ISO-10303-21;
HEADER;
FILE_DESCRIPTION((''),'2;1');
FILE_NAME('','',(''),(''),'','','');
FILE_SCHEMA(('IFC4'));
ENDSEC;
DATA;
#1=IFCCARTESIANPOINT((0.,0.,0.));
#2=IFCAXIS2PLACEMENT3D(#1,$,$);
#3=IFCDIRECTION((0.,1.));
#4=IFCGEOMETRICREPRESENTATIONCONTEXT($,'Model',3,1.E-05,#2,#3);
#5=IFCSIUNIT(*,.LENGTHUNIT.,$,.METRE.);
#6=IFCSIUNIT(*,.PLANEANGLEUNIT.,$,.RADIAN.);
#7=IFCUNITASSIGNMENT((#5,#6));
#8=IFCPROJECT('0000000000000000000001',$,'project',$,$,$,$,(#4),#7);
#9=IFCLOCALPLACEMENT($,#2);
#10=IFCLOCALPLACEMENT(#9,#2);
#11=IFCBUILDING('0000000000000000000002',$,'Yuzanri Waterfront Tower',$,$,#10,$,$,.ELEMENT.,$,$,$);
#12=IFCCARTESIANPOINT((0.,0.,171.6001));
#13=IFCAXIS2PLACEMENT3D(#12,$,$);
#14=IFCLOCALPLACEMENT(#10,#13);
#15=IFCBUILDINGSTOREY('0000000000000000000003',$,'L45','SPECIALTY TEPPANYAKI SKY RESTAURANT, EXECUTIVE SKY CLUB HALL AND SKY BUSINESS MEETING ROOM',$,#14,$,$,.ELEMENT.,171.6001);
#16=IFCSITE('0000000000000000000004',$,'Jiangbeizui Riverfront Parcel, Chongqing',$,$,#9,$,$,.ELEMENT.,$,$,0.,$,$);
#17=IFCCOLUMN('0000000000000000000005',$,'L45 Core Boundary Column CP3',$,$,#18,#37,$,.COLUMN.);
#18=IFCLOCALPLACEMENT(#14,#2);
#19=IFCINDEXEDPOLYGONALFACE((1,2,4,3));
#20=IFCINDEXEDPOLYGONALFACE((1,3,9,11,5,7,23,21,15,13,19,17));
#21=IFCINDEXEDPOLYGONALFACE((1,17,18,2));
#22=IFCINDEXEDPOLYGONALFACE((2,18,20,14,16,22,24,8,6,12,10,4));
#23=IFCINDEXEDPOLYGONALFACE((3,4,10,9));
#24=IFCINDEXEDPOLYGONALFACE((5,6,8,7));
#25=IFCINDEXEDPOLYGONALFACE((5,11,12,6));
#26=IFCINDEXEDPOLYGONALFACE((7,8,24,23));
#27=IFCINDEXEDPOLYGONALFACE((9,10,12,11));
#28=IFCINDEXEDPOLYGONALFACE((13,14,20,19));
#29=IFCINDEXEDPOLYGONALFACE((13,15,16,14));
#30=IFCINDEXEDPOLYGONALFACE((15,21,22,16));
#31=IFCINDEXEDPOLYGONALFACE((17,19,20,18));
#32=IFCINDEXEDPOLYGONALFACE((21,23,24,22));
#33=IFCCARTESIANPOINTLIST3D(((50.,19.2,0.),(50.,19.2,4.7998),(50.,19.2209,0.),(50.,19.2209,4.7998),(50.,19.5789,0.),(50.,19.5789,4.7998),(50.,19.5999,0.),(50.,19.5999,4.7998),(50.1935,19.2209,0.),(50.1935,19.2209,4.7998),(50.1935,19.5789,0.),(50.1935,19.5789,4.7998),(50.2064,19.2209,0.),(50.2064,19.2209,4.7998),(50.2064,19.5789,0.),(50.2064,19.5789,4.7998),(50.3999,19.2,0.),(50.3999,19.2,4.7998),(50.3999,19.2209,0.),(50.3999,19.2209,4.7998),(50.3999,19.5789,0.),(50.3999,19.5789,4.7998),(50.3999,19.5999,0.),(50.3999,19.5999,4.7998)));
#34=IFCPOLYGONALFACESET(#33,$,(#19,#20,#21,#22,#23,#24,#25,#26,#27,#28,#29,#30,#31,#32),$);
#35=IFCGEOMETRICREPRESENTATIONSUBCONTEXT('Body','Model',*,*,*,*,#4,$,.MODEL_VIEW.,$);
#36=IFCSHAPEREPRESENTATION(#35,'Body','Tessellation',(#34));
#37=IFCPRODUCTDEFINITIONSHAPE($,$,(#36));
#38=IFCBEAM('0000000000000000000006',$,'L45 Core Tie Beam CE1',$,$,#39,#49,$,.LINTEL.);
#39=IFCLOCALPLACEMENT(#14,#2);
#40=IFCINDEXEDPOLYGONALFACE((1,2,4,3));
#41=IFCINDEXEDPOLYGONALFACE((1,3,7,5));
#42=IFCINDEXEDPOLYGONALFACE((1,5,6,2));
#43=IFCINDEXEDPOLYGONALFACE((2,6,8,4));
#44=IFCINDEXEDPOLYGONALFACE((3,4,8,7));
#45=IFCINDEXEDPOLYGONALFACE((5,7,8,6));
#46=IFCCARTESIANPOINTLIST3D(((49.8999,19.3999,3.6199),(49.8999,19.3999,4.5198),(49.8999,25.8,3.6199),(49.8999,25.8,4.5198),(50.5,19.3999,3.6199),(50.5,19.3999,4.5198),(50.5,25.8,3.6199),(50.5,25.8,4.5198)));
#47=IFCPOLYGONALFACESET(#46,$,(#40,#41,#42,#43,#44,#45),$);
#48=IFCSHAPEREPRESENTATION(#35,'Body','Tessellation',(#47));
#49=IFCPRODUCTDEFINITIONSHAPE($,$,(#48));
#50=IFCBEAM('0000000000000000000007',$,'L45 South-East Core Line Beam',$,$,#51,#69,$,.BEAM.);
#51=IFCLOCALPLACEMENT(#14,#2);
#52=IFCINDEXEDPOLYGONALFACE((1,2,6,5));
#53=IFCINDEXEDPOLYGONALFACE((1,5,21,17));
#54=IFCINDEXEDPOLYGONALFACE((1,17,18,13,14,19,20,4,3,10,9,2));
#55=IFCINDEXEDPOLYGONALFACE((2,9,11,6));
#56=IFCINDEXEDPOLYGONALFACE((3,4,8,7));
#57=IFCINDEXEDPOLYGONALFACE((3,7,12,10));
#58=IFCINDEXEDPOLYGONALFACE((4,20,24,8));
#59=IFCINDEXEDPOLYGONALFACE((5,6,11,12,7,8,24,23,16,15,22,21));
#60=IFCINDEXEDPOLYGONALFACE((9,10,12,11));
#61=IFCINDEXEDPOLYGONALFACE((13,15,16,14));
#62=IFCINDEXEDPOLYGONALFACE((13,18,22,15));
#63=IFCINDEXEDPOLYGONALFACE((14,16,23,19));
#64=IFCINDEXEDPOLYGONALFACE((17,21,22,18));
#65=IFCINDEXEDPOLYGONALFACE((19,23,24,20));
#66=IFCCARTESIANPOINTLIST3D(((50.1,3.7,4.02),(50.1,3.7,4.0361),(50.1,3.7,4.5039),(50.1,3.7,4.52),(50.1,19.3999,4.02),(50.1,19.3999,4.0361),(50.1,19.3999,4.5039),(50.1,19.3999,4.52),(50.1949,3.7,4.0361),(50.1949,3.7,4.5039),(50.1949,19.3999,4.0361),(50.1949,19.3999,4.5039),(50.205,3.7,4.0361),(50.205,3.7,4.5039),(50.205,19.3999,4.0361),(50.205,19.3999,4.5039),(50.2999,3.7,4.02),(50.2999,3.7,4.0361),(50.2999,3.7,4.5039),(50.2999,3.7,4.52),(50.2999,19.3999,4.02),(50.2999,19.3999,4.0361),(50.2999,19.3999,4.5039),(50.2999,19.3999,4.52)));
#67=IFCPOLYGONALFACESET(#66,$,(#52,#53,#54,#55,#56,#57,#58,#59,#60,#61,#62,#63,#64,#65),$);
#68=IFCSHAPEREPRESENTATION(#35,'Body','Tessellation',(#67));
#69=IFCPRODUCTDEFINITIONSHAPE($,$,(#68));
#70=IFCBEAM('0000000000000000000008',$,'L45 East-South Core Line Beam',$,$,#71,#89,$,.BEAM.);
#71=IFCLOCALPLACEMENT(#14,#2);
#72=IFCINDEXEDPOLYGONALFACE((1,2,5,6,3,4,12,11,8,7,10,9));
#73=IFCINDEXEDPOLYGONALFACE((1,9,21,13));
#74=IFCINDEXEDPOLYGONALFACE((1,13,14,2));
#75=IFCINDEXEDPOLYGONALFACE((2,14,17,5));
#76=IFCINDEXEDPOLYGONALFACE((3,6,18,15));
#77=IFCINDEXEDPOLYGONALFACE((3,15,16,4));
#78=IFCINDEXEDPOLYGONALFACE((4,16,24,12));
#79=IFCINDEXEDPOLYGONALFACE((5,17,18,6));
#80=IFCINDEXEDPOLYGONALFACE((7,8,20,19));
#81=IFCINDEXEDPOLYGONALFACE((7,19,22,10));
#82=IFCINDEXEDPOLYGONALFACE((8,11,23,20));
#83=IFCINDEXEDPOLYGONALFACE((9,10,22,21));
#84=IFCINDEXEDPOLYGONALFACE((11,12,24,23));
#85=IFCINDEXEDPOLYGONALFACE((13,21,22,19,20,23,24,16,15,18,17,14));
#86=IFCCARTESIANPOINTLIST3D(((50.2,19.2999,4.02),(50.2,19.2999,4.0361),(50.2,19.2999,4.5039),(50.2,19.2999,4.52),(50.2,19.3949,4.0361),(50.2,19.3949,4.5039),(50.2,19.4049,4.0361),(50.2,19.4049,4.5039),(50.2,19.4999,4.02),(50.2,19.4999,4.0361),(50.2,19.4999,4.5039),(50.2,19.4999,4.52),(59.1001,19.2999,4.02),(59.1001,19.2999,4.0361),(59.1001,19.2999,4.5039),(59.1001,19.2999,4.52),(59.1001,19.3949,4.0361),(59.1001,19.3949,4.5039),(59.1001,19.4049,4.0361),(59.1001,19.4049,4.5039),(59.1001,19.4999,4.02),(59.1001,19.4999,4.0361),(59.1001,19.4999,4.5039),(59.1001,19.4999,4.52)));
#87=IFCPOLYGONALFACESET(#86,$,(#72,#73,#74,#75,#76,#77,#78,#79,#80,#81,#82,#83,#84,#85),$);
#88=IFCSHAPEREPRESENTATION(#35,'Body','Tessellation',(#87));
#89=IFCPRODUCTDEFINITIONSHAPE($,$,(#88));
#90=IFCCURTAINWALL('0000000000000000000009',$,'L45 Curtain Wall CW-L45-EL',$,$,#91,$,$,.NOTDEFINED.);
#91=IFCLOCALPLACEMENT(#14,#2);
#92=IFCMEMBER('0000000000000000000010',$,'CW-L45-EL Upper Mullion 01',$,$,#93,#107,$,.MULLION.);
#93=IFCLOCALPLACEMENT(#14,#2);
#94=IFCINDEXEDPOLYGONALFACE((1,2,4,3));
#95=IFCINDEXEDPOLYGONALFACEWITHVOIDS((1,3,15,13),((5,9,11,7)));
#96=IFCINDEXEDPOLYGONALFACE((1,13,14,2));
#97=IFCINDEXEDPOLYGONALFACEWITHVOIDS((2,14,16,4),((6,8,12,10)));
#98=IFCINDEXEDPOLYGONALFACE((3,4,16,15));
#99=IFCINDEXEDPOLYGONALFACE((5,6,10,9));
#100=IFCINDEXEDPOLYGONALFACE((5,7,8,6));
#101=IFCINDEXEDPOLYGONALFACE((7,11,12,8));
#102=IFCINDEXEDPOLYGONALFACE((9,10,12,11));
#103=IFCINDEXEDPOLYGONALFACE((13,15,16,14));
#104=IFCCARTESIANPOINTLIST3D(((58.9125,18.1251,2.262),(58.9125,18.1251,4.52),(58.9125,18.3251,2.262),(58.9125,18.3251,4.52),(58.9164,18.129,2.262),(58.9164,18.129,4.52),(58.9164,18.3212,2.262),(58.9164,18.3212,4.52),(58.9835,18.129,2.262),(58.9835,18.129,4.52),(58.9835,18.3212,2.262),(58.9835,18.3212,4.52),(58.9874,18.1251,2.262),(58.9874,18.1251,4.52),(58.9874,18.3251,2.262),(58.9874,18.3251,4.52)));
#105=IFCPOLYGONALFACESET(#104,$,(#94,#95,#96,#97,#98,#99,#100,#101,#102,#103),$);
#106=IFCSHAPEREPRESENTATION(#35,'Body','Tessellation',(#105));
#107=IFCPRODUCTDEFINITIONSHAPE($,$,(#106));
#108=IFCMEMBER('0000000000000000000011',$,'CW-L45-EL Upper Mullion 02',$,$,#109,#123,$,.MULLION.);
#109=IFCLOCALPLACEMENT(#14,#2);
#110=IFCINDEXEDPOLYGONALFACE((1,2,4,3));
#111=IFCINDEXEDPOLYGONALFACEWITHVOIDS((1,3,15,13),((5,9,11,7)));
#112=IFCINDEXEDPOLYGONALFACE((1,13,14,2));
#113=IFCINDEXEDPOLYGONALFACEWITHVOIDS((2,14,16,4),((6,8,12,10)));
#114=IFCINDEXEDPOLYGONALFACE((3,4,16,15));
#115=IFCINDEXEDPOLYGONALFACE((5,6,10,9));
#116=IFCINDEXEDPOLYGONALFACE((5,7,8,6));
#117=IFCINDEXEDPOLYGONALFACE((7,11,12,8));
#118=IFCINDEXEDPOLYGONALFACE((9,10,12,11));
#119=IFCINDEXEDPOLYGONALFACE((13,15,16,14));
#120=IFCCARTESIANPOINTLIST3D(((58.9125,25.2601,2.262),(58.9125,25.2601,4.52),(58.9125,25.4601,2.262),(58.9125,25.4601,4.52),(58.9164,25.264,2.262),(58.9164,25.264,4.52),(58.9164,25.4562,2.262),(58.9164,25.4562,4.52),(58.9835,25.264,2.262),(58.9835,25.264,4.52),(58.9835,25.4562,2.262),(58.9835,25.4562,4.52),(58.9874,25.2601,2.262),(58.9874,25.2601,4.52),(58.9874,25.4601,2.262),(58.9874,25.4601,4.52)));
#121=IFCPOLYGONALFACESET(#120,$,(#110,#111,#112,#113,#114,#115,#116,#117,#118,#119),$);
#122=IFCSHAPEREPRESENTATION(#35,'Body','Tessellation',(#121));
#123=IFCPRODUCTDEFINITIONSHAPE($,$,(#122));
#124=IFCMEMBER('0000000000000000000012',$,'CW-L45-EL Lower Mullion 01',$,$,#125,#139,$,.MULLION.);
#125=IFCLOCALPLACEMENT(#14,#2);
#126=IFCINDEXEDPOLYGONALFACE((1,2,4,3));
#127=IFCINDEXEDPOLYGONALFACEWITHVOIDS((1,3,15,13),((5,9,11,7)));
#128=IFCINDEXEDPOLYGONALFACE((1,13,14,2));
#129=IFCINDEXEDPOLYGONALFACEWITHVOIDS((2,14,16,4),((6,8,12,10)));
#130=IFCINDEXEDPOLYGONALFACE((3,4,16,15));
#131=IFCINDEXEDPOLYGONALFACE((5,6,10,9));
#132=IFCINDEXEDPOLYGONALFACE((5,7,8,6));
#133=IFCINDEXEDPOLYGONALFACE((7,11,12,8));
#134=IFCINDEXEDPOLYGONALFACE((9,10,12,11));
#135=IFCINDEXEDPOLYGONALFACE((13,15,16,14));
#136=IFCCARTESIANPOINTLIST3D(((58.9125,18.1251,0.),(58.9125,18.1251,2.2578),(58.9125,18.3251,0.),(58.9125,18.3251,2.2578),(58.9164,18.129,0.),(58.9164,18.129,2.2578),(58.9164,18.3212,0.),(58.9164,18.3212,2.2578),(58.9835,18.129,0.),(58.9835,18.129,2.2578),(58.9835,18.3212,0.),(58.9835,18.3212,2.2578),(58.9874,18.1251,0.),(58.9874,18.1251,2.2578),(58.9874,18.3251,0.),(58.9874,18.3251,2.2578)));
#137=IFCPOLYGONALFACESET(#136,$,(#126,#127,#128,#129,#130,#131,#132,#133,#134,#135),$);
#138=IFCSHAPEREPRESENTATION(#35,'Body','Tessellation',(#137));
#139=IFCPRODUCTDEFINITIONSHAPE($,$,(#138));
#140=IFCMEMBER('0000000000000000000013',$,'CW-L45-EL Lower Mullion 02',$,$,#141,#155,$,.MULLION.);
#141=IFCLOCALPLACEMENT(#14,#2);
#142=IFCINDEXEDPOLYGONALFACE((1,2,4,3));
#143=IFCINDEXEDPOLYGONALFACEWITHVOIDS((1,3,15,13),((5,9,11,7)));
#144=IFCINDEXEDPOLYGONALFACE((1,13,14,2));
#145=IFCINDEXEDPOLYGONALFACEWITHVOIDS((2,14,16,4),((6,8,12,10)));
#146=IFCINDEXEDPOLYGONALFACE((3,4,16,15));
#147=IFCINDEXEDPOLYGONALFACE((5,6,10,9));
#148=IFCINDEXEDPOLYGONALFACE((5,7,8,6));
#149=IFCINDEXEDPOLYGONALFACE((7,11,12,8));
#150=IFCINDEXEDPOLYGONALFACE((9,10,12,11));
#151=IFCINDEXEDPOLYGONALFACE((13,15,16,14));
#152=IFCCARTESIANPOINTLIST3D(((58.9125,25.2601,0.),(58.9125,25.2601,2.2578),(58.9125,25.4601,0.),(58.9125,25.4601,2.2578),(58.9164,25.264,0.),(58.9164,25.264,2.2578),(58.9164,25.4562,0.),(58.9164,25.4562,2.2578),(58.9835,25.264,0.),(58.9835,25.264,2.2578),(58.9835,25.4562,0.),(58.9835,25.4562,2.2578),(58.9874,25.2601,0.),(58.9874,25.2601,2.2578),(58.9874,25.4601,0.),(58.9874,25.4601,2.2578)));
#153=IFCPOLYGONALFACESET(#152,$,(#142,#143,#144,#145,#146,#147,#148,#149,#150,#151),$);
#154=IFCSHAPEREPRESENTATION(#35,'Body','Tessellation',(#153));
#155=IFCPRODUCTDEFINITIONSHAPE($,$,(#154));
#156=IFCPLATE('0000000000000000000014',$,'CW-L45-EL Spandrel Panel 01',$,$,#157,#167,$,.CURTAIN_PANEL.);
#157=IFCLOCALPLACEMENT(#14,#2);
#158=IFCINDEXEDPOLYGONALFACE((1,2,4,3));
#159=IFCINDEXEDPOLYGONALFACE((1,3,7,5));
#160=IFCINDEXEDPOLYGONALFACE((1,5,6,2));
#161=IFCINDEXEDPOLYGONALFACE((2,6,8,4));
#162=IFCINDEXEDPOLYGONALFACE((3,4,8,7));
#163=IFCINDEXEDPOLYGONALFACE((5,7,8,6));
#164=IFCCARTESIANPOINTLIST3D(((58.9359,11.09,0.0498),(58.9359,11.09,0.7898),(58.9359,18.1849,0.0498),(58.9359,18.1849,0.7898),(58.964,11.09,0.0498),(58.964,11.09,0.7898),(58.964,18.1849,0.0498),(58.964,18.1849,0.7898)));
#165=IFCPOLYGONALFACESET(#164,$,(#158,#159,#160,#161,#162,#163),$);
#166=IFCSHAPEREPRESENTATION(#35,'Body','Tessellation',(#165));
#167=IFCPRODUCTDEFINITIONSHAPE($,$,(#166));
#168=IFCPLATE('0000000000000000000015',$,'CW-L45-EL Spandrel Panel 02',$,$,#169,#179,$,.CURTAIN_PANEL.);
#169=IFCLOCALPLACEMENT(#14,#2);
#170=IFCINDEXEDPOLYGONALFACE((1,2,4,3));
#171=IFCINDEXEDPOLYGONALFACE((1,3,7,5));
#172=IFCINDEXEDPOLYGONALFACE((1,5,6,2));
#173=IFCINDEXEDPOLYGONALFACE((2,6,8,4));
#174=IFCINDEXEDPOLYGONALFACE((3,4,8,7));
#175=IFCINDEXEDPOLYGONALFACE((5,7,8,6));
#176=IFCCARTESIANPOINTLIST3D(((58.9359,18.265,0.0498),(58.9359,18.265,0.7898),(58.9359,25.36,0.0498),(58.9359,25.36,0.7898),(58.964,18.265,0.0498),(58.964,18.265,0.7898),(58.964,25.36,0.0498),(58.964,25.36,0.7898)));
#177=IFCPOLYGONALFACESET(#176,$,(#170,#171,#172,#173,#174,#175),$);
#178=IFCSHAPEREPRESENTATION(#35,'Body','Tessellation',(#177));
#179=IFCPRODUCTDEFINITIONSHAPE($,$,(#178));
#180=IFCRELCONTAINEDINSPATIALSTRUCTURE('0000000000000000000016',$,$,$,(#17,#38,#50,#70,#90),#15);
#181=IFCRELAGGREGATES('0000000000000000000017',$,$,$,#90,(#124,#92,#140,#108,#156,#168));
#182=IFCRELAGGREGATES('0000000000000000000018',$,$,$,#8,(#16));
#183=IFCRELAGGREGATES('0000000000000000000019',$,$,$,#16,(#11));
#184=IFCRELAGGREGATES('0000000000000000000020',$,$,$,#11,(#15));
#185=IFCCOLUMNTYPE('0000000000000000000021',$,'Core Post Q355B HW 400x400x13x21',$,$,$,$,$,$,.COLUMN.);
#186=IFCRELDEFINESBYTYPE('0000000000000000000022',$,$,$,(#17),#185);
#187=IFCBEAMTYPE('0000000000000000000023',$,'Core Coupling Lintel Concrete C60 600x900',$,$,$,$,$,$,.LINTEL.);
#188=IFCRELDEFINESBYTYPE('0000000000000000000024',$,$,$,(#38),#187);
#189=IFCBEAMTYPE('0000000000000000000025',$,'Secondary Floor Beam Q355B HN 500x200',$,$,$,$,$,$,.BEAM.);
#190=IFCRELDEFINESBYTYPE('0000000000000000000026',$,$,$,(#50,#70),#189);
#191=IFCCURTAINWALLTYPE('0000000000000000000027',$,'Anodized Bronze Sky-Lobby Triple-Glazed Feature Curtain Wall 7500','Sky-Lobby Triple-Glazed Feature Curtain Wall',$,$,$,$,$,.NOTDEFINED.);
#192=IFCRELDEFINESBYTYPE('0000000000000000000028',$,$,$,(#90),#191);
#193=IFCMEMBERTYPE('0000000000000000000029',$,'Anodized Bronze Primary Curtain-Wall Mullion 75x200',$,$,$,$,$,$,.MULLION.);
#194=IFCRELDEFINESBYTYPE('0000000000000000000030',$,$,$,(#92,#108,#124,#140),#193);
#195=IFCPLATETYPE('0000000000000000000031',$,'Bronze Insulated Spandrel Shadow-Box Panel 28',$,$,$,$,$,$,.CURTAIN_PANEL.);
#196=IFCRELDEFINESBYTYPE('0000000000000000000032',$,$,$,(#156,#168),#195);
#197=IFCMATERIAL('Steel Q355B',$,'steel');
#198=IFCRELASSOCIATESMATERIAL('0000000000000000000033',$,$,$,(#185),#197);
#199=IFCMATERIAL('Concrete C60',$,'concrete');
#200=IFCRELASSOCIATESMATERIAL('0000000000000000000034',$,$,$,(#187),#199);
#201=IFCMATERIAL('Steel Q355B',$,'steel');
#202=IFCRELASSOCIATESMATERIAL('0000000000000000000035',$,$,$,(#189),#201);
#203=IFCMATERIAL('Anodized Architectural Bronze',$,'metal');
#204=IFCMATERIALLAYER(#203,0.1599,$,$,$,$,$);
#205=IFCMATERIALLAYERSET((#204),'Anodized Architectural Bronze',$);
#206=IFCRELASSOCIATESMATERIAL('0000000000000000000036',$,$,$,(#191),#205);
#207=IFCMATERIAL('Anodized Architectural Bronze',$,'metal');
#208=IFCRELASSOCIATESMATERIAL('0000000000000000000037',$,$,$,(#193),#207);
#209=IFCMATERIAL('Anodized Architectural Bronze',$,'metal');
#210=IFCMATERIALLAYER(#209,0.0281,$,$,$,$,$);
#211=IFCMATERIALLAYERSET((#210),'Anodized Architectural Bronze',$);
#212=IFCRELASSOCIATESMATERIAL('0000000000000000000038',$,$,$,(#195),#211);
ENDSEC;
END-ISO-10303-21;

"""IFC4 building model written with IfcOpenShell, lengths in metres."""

from ifc_helpers import new_model, si_unit, direction, frame, origin, origin_2d, place, context, subcontext, project, spatial, rectangle, hollow_rectangle, i_section, extrude, source, transform, mapped, material, layer, layer_set, material_profile, profile_set, type_object, element, aggregate, save


model = new_model("IFC4")

# Units and contexts
model_context = context("Model", 3, precision=1e-05, world=origin(), true_north=direction((0.0, 1.0)))
body_context = subcontext(model_context, "Body", "Model", "MODEL_VIEW")
ifc_project = project(units=[si_unit("LENGTHUNIT", "METRE"), si_unit("PLANEANGLEUNIT", "RADIAN")], contexts=[model_context])

# Site, building, storey
site_placement = place(None, origin())
site = spatial("IfcSite", under=ifc_project, at=site_placement, Name="Jiangbeizui Riverfront Parcel, Chongqing", CompositionType="ELEMENT", RefElevation=0.0)
building_placement = place(site_placement, origin())
building = spatial("IfcBuilding", under=site, at=building_placement, Name="Yuzanri Waterfront Tower", CompositionType="ELEMENT")
storey_placement = place(building_placement, frame((0.0, 0.0, 171.6001)))
storey = spatial("IfcBuildingStorey", under=building, at=storey_placement, Name="L45", Description="SPECIALTY TEPPANYAKI SKY RESTAURANT, EXECUTIVE SKY CLUB HALL AND SKY BUSINESS MEETING ROOM", CompositionType="ELEMENT", Elevation=171.6001)

# Column
ifc_material_1 = material(Name="Steel Q355B", Category="steel")
ifc_material_profile_1 = material_profile(ifc_material_1, i_section(OverallWidth=0.3999, OverallDepth=0.3999, WebThickness=0.0129, FlangeThickness=0.021, at=origin_2d()), Name="HW 400x400x13x21")
ifc_profile_set_1 = profile_set([ifc_material_profile_1], Name="Steel Q355B")
column_type = type_object("IfcColumnType", Name="Core Post Q355B HW 400x400x13x21", PredefinedType="COLUMN", material=ifc_profile_set_1)
shared_shape_1 = source(origin(), body_context, "Body", "SweptSolid", [
    extrude(i_section(OverallWidth=0.3999, OverallDepth=0.3999, WebThickness=0.0129, FlangeThickness=0.021, at=origin_2d()), origin(), (0.0, 0.0, 1.0), 4.7998),
])
column_placement = place(storey_placement, frame((50.2, 19.3999, 0.0), z_axis=(0.0, 0.0, 1.0), x_axis=(1.0, 0.0, 0.0)))
element("IfcColumn", 1, at=column_placement, inside=storey, type_object=column_type, Name="L45 Core Boundary Column CP3", PredefinedType="COLUMN", context=body_context, shape_type="MappedRepresentation", body=[
    mapped(shared_shape_1, transform((0.0, 0.0, 0.0), scale=1.0)),
])

# Beams
ifc_material_2 = material(Name="Concrete C60", Category="concrete")
ifc_material_profile_2 = material_profile(ifc_material_2, rectangle(XDim=0.6001, YDim=0.8999, at=origin_2d()), Name="RC 600x900")
ifc_profile_set_2 = profile_set([ifc_material_profile_2], Name="Concrete C60")
beam_type_1 = type_object("IfcBeamType", Name="Core Coupling Lintel Concrete C60 600x900", PredefinedType="LINTEL", material=ifc_profile_set_2)
shared_shape_2 = source(origin(), body_context, "Body", "SweptSolid", [
    extrude(rectangle(XDim=0.6001, YDim=0.8999, at=origin_2d()), origin(), (0.0, 0.0, 1.0), 6.4001),
])
beam_1_placement = place(storey_placement, frame((50.2, 19.3999, 4.0698), z_axis=(0.0, 1.0, 0.0), x_axis=(-1.0, 0.0, 0.0)))
element("IfcBeam", 2, at=beam_1_placement, inside=storey, type_object=beam_type_1, Name="L45 Core Tie Beam CE1", PredefinedType="LINTEL", context=body_context, shape_type="MappedRepresentation", body=[
    mapped(shared_shape_2, transform((0.0, 0.0, 0.0), scale=1.0)),
])
ifc_material_3 = material(Name="Steel Q355B", Category="steel")
ifc_material_profile_3 = material_profile(ifc_material_3, i_section(OverallWidth=0.2, OverallDepth=0.5, WebThickness=0.01, FlangeThickness=0.0161, at=origin_2d()), Name="HN 500x200x10x16")
ifc_profile_set_3 = profile_set([ifc_material_profile_3], Name="Steel Q355B")
beam_type_2 = type_object("IfcBeamType", Name="Secondary Floor Beam Q355B HN 500x200", PredefinedType="BEAM", material=ifc_profile_set_3)
shared_shape_3 = source(origin(), body_context, "Body", "SweptSolid", [
    extrude(i_section(OverallWidth=0.2, OverallDepth=0.5, WebThickness=0.01, FlangeThickness=0.0161, at=origin_2d()), origin(), (0.0, 0.0, 1.0), 15.7),
])
beam_2_placement = place(storey_placement, frame((50.2, 19.3999, 4.27), z_axis=(0.0, -1.0, 0.0), x_axis=(1.0, 0.0, 0.0)))
element("IfcBeam", 3, at=beam_2_placement, inside=storey, type_object=beam_type_2, Name="L45 South-East Core Line Beam", PredefinedType="BEAM", context=body_context, shape_type="MappedRepresentation", body=[
    mapped(shared_shape_3, transform((0.0, 0.0, 0.0), scale=1.0)),
])
shared_shape_4 = source(origin(), body_context, "Body", "SweptSolid", [
    extrude(i_section(OverallWidth=0.2, OverallDepth=0.5, WebThickness=0.01, FlangeThickness=0.0161, at=origin_2d()), origin(), (0.0, 0.0, 1.0), 8.9001),
])
beam_3_placement = place(storey_placement, frame((50.2, 19.3999, 4.27), z_axis=(1.0, 0.0, 0.0), x_axis=(0.0, 1.0, 0.0)))
element("IfcBeam", 4, at=beam_3_placement, inside=storey, type_object=beam_type_2, Name="L45 East-South Core Line Beam", PredefinedType="BEAM", context=body_context, shape_type="MappedRepresentation", body=[
    mapped(shared_shape_4, transform((0.0, 0.0, 0.0), scale=1.0)),
])

# Curtain wall, members, plates
ifc_material_4 = material(Name="Anodized Architectural Bronze", Category="metal")
ifc_layer_1 = layer(ifc_material_4, 0.1599)
ifc_layer_set_1 = layer_set([ifc_layer_1], Name="Anodized Architectural Bronze")
curtain_wall_type = type_object("IfcCurtainWallType", Name="Anodized Bronze Sky-Lobby Triple-Glazed Feature Curtain Wall 7500", Description="Sky-Lobby Triple-Glazed Feature Curtain Wall", PredefinedType="NOTDEFINED", material=ifc_layer_set_1)
curtain_wall_placement = place(storey_placement, origin())
curtain_wall = element("IfcCurtainWall", 5, at=curtain_wall_placement, inside=storey, type_object=curtain_wall_type, Name="L45 Curtain Wall CW-L45-EL", PredefinedType="NOTDEFINED")
ifc_material_5 = material(Name="Anodized Architectural Bronze", Category="metal")
ifc_material_profile_4 = material_profile(ifc_material_5, hollow_rectangle(XDim=0.075, YDim=0.2, WallThickness=0.0039, at=origin_2d()), Name="CWM 75x200")
ifc_profile_set_4 = profile_set([ifc_material_profile_4], Name="Anodized Architectural Bronze")
member_type = type_object("IfcMemberType", Name="Anodized Bronze Primary Curtain-Wall Mullion 75x200", PredefinedType="MULLION", material=ifc_profile_set_4)
shared_shape_5 = source(origin(), body_context, "Body", "SweptSolid", [
    extrude(hollow_rectangle(XDim=0.075, YDim=0.2, WallThickness=0.0039, at=origin_2d()), origin(), (0.0, 0.0, 1.0), 2.2581),
])
member_1_placement = place(storey_placement, frame((58.95, 18.2251, 2.262), z_axis=(0.0, 0.0, 1.0), x_axis=(1.0, 0.0, 0.0)))
member_1 = element("IfcMember", 6, at=member_1_placement, type_object=member_type, Name="CW-L45-EL Upper Mullion 01", PredefinedType="MULLION", context=body_context, shape_type="MappedRepresentation", body=[
    mapped(shared_shape_5, transform((0.0, 0.0, 0.0), scale=1.0)),
])
member_2_placement = place(storey_placement, frame((58.95, 25.3601, 2.262), z_axis=(0.0, 0.0, 1.0), x_axis=(1.0, 0.0, 0.0)))
member_2 = element("IfcMember", 7, at=member_2_placement, type_object=member_type, Name="CW-L45-EL Upper Mullion 02", PredefinedType="MULLION", context=body_context, shape_type="MappedRepresentation", body=[
    mapped(shared_shape_5, transform((0.0, 0.0, 0.0), scale=1.0)),
])
shared_shape_6 = source(origin(), body_context, "Body", "SweptSolid", [
    extrude(hollow_rectangle(XDim=0.075, YDim=0.2, WallThickness=0.0039, at=origin_2d()), origin(), (0.0, 0.0, 1.0), 2.2578),
])
member_3_placement = place(storey_placement, frame((58.95, 18.2251, 0.0), z_axis=(0.0, 0.0, 1.0), x_axis=(1.0, 0.0, 0.0)))
member_3 = element("IfcMember", 8, at=member_3_placement, type_object=member_type, Name="CW-L45-EL Lower Mullion 01", PredefinedType="MULLION", context=body_context, shape_type="MappedRepresentation", body=[
    mapped(shared_shape_6, transform((0.0, 0.0, 0.0), scale=1.0)),
])
member_4_placement = place(storey_placement, frame((58.95, 25.3601, 0.0), z_axis=(0.0, 0.0, 1.0), x_axis=(1.0, 0.0, 0.0)))
member_4 = element("IfcMember", 9, at=member_4_placement, type_object=member_type, Name="CW-L45-EL Lower Mullion 02", PredefinedType="MULLION", context=body_context, shape_type="MappedRepresentation", body=[
    mapped(shared_shape_6, transform((0.0, 0.0, 0.0), scale=1.0)),
])
ifc_material_6 = material(Name="Anodized Architectural Bronze", Category="metal")
ifc_layer_2 = layer(ifc_material_6, 0.0281)
ifc_layer_set_2 = layer_set([ifc_layer_2], Name="Anodized Architectural Bronze")
plate_type_1 = type_object("IfcPlateType", Name="Bronze Insulated Spandrel Shadow-Box Panel 28", PredefinedType="CURTAIN_PANEL", material=ifc_layer_set_2)
shared_shape_7 = source(origin(), body_context, "Body", "SweptSolid", [
    extrude(rectangle(XDim=7.095, YDim=0.0281, at=origin_2d()), origin(), (0.0, 0.0, 1.0), 0.74),
])
plate_1_placement = place(storey_placement, frame((58.95, 14.6375, 0.0498), z_axis=(0.0, 0.0, 1.0), x_axis=(0.0, 1.0, 0.0)))
plate_1 = element("IfcPlate", 10, at=plate_1_placement, type_object=plate_type_1, Name="CW-L45-EL Spandrel Panel 01", PredefinedType="CURTAIN_PANEL", context=body_context, shape_type="MappedRepresentation", body=[
    mapped(shared_shape_7, transform((0.0, 0.0, 0.0), scale=1.0)),
])
plate_2_placement = place(storey_placement, frame((58.95, 21.8125, 0.0498), z_axis=(0.0, 0.0, 1.0), x_axis=(0.0, 1.0, 0.0)))
plate_2 = element("IfcPlate", 11, at=plate_2_placement, type_object=plate_type_1, Name="CW-L45-EL Spandrel Panel 02", PredefinedType="CURTAIN_PANEL", context=body_context, shape_type="MappedRepresentation", body=[
    mapped(shared_shape_7, transform((0.0, 0.0, 0.0), scale=1.0)),
])
aggregate(curtain_wall, [member_3, member_1, member_4, member_2, plate_1, plate_2])

save(model, "model.ifc")
